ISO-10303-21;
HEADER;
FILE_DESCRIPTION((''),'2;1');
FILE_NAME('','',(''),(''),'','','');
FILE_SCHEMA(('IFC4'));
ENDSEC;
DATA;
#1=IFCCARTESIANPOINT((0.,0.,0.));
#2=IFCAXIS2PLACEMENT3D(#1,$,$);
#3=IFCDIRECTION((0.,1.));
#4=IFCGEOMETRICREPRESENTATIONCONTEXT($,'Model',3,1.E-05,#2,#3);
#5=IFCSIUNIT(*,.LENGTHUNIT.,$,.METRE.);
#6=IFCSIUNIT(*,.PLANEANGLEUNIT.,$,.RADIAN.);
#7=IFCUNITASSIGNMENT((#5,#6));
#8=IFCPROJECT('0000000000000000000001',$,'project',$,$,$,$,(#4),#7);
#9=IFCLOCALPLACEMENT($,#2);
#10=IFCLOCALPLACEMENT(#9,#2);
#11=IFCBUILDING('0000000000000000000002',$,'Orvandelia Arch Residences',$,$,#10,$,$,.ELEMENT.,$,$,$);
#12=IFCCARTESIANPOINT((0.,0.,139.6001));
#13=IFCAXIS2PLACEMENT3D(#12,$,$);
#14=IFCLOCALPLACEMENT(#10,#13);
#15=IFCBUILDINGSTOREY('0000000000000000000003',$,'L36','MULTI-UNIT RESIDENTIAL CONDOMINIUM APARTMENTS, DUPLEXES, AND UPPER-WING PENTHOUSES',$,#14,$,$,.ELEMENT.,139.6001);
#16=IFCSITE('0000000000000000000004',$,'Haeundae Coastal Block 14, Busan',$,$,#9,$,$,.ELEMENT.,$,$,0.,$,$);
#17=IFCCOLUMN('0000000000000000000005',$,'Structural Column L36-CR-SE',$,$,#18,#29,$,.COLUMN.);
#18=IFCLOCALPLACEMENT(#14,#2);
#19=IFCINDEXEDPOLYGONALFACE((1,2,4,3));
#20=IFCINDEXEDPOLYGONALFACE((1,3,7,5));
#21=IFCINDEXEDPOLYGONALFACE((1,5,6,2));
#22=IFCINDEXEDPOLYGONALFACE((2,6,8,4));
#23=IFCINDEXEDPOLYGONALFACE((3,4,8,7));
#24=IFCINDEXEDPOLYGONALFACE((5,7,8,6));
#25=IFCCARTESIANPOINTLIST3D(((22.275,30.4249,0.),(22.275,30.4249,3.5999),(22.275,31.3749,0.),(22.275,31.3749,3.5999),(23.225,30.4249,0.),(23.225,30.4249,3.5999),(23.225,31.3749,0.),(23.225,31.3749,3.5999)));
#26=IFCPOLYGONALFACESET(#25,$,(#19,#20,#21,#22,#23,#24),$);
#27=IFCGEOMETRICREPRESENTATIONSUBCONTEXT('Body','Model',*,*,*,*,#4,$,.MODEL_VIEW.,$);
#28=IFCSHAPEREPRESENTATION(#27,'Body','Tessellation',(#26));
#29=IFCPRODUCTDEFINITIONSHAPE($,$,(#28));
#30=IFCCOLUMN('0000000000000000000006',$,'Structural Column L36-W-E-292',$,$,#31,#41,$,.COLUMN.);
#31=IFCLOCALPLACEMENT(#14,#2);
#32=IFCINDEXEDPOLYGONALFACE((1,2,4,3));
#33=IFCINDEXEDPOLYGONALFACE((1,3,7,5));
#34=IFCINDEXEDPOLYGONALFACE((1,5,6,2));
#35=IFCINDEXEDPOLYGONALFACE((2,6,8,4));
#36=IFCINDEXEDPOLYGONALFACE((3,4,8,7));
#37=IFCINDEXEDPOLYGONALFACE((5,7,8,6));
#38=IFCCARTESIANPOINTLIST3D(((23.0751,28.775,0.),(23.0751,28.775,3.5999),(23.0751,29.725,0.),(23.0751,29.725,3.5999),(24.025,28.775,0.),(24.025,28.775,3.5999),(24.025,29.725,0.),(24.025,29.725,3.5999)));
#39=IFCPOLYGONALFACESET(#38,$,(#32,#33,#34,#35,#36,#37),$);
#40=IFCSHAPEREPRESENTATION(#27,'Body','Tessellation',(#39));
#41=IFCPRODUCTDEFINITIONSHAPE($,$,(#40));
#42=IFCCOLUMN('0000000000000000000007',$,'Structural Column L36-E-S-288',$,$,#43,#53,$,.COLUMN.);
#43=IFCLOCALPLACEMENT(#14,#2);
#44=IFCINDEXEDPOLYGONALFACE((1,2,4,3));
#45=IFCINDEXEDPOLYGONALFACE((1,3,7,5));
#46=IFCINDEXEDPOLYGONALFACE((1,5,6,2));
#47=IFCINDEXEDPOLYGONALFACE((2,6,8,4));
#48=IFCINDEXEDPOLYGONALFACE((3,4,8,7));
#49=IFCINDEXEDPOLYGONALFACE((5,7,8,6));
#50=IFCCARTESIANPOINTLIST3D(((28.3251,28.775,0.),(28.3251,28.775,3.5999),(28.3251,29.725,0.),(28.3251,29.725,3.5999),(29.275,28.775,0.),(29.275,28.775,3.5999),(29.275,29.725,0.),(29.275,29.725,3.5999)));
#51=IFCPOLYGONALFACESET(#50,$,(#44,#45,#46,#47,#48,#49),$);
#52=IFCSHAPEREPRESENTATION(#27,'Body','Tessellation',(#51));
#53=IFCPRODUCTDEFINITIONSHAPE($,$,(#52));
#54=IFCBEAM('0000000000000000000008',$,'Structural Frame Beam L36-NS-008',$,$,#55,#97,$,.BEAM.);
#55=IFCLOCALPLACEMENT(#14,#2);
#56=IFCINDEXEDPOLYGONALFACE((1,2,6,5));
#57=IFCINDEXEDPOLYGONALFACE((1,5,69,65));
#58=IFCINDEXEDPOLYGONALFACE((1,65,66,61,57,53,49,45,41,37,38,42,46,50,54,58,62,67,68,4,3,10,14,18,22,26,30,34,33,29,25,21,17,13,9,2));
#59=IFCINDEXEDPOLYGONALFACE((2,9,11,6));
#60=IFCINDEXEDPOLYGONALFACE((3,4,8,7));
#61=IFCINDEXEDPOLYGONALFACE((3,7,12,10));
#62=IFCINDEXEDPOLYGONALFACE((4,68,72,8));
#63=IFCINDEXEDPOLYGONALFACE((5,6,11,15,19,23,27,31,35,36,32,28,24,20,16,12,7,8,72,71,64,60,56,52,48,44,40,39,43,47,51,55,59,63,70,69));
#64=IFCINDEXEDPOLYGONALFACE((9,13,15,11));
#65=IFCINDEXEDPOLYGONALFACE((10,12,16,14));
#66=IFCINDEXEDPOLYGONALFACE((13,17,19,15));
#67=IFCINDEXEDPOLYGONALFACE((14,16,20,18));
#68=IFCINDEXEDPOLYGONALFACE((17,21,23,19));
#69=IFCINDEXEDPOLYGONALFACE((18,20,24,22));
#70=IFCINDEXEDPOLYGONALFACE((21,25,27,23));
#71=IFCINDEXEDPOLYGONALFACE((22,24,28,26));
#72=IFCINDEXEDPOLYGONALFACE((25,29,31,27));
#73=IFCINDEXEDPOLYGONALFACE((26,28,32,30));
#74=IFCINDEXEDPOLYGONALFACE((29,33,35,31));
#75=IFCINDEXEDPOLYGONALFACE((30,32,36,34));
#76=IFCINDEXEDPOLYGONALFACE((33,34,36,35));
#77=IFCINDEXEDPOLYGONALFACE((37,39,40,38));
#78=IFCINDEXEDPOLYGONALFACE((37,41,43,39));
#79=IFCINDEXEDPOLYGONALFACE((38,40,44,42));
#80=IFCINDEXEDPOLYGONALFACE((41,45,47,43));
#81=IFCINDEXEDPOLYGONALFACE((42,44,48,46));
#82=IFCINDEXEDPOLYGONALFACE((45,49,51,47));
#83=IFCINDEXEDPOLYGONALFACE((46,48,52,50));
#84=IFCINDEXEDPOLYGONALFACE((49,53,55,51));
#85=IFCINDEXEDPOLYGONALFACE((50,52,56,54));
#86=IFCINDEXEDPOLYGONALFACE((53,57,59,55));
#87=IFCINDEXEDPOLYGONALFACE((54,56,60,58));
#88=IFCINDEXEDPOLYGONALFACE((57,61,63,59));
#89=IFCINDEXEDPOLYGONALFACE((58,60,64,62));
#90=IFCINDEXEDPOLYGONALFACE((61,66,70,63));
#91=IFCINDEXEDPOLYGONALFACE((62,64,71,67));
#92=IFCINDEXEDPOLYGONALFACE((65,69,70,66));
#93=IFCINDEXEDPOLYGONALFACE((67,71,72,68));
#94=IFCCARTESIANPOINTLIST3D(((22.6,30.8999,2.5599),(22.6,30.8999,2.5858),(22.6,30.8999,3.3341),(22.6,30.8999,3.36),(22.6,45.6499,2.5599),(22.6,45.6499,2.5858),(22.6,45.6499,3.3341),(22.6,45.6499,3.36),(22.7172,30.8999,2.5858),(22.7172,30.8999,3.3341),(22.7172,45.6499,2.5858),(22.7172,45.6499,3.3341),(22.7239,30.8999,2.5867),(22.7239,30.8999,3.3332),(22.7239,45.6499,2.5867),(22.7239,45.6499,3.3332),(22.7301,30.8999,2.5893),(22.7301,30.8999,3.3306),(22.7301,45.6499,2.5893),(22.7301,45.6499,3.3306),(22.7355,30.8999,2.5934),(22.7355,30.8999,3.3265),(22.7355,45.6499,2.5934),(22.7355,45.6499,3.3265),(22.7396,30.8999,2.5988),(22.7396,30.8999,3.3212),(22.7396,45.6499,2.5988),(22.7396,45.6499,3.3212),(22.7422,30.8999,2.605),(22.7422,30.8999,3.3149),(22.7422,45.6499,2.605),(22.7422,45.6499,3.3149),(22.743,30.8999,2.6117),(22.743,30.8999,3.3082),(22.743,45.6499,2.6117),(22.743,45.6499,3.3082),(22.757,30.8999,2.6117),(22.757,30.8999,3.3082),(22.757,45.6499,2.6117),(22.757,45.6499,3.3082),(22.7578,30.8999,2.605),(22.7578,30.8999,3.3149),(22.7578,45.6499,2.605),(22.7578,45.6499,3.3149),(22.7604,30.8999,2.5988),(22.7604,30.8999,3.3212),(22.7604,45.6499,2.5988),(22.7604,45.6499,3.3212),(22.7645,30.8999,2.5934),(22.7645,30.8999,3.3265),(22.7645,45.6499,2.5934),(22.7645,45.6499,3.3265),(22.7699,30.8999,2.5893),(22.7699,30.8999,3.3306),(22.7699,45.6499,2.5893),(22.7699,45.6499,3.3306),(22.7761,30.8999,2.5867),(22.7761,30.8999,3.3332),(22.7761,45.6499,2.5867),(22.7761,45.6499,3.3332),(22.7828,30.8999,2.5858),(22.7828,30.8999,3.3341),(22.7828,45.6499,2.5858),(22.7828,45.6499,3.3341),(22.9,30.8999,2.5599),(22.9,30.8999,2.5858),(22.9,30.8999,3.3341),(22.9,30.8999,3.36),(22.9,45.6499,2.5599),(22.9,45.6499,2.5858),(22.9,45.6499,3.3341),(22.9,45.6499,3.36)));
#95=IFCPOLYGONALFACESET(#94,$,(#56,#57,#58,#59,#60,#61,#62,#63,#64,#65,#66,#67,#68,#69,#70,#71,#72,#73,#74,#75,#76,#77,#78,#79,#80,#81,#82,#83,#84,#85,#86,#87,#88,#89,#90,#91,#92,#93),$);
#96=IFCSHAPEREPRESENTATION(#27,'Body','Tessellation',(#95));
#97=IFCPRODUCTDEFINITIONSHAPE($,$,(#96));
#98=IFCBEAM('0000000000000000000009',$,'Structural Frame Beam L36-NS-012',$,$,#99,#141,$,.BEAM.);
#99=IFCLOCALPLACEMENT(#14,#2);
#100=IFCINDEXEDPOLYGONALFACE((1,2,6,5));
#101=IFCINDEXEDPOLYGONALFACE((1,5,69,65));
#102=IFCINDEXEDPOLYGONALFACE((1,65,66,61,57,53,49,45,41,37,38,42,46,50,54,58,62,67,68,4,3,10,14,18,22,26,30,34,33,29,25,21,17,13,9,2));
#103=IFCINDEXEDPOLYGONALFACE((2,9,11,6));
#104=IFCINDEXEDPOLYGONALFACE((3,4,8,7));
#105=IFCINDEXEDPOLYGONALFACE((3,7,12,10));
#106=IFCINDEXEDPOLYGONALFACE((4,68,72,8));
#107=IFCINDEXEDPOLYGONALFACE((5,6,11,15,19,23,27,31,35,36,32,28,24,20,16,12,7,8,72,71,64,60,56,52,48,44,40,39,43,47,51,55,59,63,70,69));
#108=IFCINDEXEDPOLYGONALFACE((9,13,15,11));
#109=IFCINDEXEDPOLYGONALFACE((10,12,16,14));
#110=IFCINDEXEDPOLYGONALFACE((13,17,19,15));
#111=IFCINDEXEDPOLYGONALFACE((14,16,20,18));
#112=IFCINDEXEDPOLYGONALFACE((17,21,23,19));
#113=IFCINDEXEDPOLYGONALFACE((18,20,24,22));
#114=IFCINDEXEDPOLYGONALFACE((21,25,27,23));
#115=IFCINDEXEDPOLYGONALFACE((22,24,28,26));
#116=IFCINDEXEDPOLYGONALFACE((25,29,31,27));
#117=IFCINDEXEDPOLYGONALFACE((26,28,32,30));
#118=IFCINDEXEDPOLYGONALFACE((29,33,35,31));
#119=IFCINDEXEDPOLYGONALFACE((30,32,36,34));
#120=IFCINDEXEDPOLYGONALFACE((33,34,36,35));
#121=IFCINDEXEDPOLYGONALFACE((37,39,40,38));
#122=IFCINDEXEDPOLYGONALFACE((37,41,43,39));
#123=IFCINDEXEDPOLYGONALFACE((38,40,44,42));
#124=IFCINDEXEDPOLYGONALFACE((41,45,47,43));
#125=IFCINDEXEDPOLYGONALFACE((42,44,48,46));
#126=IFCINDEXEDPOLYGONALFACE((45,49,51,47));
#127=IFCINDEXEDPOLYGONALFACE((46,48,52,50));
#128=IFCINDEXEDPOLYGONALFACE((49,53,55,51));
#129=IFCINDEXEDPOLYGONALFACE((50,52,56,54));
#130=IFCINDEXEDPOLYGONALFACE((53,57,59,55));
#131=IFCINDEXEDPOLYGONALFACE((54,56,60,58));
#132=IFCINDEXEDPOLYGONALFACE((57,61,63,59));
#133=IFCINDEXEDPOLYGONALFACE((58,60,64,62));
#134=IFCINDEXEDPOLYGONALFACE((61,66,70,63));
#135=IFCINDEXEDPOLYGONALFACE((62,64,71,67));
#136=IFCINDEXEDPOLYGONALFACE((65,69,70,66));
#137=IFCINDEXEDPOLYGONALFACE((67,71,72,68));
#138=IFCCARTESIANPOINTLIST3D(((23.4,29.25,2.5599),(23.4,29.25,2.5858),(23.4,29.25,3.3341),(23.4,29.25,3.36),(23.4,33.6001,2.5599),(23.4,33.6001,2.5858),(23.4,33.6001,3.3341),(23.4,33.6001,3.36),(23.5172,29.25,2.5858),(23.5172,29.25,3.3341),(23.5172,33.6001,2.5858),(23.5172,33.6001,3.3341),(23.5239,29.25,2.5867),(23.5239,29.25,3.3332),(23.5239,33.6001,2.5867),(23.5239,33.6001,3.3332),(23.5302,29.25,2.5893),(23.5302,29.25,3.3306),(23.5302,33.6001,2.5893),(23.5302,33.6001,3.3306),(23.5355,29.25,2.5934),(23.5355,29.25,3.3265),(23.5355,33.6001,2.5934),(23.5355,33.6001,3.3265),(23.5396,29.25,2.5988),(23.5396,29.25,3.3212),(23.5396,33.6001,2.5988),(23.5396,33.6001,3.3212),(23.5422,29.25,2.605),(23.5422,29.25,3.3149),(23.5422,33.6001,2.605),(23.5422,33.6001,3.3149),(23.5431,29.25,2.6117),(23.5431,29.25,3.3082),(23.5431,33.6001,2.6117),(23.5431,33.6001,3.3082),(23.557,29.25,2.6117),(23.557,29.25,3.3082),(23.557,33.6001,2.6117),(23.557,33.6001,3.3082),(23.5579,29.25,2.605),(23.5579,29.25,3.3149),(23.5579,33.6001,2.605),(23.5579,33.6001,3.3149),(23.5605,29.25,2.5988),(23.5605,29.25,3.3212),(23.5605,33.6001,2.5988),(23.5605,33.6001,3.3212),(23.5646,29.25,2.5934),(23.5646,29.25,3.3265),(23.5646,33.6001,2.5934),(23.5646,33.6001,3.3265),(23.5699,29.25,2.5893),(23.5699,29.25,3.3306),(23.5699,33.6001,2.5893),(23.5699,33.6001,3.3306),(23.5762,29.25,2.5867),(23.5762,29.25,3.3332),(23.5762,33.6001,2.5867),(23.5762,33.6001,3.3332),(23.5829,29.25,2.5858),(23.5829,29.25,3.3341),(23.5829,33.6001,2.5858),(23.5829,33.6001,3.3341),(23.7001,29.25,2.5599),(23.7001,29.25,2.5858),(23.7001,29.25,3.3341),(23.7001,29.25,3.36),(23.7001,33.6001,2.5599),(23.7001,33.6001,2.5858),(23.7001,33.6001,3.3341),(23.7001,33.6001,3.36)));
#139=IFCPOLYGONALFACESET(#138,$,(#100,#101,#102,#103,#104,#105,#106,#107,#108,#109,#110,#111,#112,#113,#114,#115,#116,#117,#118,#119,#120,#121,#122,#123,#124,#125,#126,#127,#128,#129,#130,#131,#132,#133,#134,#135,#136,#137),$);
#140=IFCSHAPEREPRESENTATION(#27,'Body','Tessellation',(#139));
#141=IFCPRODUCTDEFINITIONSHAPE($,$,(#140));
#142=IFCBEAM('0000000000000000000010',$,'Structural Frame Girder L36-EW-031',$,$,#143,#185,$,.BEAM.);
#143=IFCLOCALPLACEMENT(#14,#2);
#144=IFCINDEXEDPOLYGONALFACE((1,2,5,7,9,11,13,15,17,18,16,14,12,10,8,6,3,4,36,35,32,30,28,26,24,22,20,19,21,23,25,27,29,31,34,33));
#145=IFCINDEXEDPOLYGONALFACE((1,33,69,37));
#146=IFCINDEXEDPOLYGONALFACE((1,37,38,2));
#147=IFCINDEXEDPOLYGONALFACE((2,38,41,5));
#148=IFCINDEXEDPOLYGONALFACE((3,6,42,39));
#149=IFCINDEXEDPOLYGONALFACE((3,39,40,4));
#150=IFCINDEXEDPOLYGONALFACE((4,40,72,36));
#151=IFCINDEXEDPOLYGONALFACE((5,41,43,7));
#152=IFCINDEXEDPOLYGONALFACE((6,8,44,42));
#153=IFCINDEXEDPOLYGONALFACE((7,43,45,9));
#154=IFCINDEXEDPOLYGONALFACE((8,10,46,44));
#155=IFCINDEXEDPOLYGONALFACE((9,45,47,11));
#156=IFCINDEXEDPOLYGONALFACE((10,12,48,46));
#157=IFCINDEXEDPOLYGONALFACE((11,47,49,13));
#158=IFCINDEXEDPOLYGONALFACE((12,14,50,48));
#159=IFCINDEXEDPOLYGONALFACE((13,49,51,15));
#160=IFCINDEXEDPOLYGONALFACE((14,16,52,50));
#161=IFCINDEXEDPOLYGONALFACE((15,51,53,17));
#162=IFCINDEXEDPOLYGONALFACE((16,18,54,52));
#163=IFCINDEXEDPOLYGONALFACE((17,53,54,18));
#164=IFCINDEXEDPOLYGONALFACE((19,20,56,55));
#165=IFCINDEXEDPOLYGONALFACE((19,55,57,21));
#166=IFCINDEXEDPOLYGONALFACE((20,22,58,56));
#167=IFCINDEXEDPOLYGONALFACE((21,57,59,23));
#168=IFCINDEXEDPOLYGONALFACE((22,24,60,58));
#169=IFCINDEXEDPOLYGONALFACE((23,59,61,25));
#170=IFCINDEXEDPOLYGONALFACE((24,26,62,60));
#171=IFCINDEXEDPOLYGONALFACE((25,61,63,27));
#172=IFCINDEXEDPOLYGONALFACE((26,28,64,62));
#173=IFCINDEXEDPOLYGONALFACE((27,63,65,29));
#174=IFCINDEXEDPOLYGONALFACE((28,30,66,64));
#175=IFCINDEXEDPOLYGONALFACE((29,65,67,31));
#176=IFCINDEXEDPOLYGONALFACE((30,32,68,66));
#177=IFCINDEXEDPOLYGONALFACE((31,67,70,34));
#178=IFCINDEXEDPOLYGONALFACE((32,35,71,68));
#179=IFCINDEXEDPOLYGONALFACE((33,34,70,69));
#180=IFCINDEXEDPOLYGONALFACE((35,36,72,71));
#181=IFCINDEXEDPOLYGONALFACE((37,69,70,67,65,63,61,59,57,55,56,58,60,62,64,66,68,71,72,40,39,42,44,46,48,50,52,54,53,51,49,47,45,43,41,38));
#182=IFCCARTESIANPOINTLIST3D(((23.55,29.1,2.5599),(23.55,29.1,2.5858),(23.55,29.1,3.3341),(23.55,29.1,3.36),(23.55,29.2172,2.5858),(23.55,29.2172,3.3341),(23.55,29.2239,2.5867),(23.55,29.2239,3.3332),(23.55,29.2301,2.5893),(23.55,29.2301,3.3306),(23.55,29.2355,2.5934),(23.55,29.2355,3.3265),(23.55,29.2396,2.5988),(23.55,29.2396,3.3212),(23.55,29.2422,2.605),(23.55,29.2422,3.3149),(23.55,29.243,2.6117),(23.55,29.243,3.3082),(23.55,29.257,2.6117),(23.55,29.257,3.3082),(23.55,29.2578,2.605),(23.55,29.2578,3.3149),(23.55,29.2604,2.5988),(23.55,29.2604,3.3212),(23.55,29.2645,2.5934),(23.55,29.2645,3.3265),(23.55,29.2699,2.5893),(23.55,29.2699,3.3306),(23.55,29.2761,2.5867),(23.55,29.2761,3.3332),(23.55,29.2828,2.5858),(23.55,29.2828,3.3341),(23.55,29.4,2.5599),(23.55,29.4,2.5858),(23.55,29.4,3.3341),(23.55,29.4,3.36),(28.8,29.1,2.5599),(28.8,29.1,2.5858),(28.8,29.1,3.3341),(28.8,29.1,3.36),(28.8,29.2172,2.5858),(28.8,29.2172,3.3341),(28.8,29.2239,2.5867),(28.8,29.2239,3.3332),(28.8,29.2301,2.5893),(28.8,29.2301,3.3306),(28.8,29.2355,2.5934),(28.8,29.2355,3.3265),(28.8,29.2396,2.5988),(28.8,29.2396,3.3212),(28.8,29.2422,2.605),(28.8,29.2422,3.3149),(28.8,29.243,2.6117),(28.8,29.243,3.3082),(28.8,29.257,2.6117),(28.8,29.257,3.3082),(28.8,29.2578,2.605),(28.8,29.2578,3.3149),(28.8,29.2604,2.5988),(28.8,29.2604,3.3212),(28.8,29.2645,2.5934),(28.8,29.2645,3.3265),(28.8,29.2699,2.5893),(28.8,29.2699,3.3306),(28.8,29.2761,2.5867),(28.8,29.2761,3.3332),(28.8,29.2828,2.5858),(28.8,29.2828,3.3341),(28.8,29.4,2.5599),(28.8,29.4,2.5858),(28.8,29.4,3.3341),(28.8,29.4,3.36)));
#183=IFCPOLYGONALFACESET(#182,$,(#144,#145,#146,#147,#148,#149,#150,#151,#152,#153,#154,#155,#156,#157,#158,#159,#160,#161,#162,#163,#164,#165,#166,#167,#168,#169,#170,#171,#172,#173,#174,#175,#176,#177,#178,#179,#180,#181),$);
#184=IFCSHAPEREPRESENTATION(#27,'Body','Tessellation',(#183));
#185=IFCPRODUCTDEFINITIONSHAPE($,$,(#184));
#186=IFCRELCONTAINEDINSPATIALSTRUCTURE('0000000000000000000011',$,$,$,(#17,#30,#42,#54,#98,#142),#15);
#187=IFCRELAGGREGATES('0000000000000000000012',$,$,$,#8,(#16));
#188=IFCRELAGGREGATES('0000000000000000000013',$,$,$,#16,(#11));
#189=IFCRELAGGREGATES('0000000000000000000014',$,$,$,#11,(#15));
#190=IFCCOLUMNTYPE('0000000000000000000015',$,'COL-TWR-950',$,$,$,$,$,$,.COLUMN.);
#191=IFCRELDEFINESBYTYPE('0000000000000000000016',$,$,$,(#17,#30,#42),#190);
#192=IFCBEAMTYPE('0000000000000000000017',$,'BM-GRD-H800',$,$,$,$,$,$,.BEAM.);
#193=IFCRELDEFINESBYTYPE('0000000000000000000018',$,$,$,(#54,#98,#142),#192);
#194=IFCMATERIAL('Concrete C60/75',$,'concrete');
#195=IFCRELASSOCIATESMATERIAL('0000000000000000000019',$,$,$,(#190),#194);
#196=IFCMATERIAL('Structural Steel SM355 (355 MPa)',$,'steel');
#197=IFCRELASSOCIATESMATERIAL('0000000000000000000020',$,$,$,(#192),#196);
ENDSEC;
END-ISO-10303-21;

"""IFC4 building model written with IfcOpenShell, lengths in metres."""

from ifc_helpers import new_model, si_unit, direction, frame, origin, origin_2d, place, context, subcontext, project, spatial, rectangle, i_section, extrude, material, material_profile, profile_set, type_object, element, save


model = new_model("IFC4")

# Units and contexts
model_context = context("Model", 3, precision=1e-05, world=origin(), true_north=direction((0.0, 1.0)))
body_context = subcontext(model_context, "Body", "Model", "MODEL_VIEW")
ifc_project = project(units=[si_unit("LENGTHUNIT", "METRE"), si_unit("PLANEANGLEUNIT", "RADIAN")], contexts=[model_context])

# Site, building, storey
site_placement = place(None, origin())
site = spatial("IfcSite", under=ifc_project, at=site_placement, Name="Haeundae Coastal Block 14, Busan", CompositionType="ELEMENT", RefElevation=0.0)
building_placement = place(site_placement, origin())
building = spatial("IfcBuilding", under=site, at=building_placement, Name="Orvandelia Arch Residences", CompositionType="ELEMENT")
storey_placement = place(building_placement, frame((0.0, 0.0, 139.6001)))
storey = spatial("IfcBuildingStorey", under=building, at=storey_placement, Name="L36", Description="MULTI-UNIT RESIDENTIAL CONDOMINIUM APARTMENTS, DUPLEXES, AND UPPER-WING PENTHOUSES", CompositionType="ELEMENT", Elevation=139.6001)

# Columns
ifc_material_1 = material(Name="Concrete C60/75", Category="concrete")
ifc_material_profile_1 = material_profile(ifc_material_1, rectangle(XDim=0.95, YDim=0.95, at=origin_2d()), Name="Concrete C60/75", Category="concrete")
ifc_profile_set_1 = profile_set([ifc_material_profile_1], Name="Concrete C60/75")
column_type = type_object("IfcColumnType", Name="COL-TWR-950", PredefinedType="COLUMN", material=ifc_profile_set_1)
for number, where, z_axis, x_axis, name in (
    (1, (22.75, 30.8999, 0.0), (0.0, 0.0, 1.0), (1.0, 0.0, 0.0), "Structural Column L36-CR-SE"),
    (2, (23.55, 29.25, 0.0), (0.0, 0.0, 1.0), (1.0, 0.0, 0.0), "Structural Column L36-W-E-292"),
    (3, (28.8, 29.25, 0.0), (0.0, 0.0, 1.0), (1.0, 0.0, 0.0), "Structural Column L36-E-S-288"),
):
    element("IfcColumn", number, at=place(storey_placement, frame(where, z_axis=z_axis, x_axis=x_axis)), inside=storey, type_object=column_type, Name=name, PredefinedType="COLUMN", context=body_context, shape_type="SweptSolid", body=[
        extrude(rectangle(XDim=0.95, YDim=0.95, at=origin_2d()), origin(), (0.0, 0.0, 1.0), 3.5999),
    ])

# Beams
ifc_material_2 = material(Name="Structural Steel SM355 (355 MPa)", Category="steel")
ifc_material_profile_2 = material_profile(ifc_material_2, i_section(OverallWidth=0.3, OverallDepth=0.8, WebThickness=0.0139, FlangeThickness=0.0259, FilletRadius=0.0259, at=origin_2d()), Name="Structural Steel SM355 (355 MPa)", Category="steel")
ifc_profile_set_2 = profile_set([ifc_material_profile_2], Name="Structural Steel SM355 (355 MPa)")
beam_type = type_object("IfcBeamType", Name="BM-GRD-H800", PredefinedType="BEAM", material=ifc_profile_set_2)
beam_1_placement = place(storey_placement, frame((22.75, 30.8999, 2.96), z_axis=(0.0, 1.0, 0.0), x_axis=(-1.0, 0.0, 0.0)))
element("IfcBeam", 4, at=beam_1_placement, inside=storey, type_object=beam_type, Name="Structural Frame Beam L36-NS-008", PredefinedType="BEAM", context=body_context, shape_type="SweptSolid", body=[
    extrude(i_section(OverallWidth=0.3, OverallDepth=0.8, WebThickness=0.0139, FlangeThickness=0.0259, FilletRadius=0.0259, at=origin_2d()), origin(), (0.0, 0.0, 1.0), 14.75),
])
beam_2_placement = place(storey_placement, frame((23.55, 29.25, 2.96), z_axis=(0.0, 1.0, 0.0), x_axis=(-1.0, 0.0, 0.0)))
element("IfcBeam", 5, at=beam_2_placement, inside=storey, type_object=beam_type, Name="Structural Frame Beam L36-NS-012", PredefinedType="BEAM", context=body_context, shape_type="SweptSolid", body=[
    extrude(i_section(OverallWidth=0.3, OverallDepth=0.8, WebThickness=0.0139, FlangeThickness=0.0259, FilletRadius=0.0259, at=origin_2d()), origin(), (0.0, 0.0, 1.0), 4.3501),
])
beam_3_placement = place(storey_placement, frame((23.55, 29.25, 2.96), z_axis=(1.0, 0.0, 0.0), x_axis=(0.0, 1.0, 0.0)))
element("IfcBeam", 6, at=beam_3_placement, inside=storey, type_object=beam_type, Name="Structural Frame Girder L36-EW-031", PredefinedType="BEAM", context=body_context, shape_type="SweptSolid", body=[
    extrude(i_section(OverallWidth=0.3, OverallDepth=0.8, WebThickness=0.0139, FlangeThickness=0.0259, FilletRadius=0.0259, at=origin_2d()), origin(), (0.0, 0.0, 1.0), 5.25),
])

save(model, "model.ifc")
